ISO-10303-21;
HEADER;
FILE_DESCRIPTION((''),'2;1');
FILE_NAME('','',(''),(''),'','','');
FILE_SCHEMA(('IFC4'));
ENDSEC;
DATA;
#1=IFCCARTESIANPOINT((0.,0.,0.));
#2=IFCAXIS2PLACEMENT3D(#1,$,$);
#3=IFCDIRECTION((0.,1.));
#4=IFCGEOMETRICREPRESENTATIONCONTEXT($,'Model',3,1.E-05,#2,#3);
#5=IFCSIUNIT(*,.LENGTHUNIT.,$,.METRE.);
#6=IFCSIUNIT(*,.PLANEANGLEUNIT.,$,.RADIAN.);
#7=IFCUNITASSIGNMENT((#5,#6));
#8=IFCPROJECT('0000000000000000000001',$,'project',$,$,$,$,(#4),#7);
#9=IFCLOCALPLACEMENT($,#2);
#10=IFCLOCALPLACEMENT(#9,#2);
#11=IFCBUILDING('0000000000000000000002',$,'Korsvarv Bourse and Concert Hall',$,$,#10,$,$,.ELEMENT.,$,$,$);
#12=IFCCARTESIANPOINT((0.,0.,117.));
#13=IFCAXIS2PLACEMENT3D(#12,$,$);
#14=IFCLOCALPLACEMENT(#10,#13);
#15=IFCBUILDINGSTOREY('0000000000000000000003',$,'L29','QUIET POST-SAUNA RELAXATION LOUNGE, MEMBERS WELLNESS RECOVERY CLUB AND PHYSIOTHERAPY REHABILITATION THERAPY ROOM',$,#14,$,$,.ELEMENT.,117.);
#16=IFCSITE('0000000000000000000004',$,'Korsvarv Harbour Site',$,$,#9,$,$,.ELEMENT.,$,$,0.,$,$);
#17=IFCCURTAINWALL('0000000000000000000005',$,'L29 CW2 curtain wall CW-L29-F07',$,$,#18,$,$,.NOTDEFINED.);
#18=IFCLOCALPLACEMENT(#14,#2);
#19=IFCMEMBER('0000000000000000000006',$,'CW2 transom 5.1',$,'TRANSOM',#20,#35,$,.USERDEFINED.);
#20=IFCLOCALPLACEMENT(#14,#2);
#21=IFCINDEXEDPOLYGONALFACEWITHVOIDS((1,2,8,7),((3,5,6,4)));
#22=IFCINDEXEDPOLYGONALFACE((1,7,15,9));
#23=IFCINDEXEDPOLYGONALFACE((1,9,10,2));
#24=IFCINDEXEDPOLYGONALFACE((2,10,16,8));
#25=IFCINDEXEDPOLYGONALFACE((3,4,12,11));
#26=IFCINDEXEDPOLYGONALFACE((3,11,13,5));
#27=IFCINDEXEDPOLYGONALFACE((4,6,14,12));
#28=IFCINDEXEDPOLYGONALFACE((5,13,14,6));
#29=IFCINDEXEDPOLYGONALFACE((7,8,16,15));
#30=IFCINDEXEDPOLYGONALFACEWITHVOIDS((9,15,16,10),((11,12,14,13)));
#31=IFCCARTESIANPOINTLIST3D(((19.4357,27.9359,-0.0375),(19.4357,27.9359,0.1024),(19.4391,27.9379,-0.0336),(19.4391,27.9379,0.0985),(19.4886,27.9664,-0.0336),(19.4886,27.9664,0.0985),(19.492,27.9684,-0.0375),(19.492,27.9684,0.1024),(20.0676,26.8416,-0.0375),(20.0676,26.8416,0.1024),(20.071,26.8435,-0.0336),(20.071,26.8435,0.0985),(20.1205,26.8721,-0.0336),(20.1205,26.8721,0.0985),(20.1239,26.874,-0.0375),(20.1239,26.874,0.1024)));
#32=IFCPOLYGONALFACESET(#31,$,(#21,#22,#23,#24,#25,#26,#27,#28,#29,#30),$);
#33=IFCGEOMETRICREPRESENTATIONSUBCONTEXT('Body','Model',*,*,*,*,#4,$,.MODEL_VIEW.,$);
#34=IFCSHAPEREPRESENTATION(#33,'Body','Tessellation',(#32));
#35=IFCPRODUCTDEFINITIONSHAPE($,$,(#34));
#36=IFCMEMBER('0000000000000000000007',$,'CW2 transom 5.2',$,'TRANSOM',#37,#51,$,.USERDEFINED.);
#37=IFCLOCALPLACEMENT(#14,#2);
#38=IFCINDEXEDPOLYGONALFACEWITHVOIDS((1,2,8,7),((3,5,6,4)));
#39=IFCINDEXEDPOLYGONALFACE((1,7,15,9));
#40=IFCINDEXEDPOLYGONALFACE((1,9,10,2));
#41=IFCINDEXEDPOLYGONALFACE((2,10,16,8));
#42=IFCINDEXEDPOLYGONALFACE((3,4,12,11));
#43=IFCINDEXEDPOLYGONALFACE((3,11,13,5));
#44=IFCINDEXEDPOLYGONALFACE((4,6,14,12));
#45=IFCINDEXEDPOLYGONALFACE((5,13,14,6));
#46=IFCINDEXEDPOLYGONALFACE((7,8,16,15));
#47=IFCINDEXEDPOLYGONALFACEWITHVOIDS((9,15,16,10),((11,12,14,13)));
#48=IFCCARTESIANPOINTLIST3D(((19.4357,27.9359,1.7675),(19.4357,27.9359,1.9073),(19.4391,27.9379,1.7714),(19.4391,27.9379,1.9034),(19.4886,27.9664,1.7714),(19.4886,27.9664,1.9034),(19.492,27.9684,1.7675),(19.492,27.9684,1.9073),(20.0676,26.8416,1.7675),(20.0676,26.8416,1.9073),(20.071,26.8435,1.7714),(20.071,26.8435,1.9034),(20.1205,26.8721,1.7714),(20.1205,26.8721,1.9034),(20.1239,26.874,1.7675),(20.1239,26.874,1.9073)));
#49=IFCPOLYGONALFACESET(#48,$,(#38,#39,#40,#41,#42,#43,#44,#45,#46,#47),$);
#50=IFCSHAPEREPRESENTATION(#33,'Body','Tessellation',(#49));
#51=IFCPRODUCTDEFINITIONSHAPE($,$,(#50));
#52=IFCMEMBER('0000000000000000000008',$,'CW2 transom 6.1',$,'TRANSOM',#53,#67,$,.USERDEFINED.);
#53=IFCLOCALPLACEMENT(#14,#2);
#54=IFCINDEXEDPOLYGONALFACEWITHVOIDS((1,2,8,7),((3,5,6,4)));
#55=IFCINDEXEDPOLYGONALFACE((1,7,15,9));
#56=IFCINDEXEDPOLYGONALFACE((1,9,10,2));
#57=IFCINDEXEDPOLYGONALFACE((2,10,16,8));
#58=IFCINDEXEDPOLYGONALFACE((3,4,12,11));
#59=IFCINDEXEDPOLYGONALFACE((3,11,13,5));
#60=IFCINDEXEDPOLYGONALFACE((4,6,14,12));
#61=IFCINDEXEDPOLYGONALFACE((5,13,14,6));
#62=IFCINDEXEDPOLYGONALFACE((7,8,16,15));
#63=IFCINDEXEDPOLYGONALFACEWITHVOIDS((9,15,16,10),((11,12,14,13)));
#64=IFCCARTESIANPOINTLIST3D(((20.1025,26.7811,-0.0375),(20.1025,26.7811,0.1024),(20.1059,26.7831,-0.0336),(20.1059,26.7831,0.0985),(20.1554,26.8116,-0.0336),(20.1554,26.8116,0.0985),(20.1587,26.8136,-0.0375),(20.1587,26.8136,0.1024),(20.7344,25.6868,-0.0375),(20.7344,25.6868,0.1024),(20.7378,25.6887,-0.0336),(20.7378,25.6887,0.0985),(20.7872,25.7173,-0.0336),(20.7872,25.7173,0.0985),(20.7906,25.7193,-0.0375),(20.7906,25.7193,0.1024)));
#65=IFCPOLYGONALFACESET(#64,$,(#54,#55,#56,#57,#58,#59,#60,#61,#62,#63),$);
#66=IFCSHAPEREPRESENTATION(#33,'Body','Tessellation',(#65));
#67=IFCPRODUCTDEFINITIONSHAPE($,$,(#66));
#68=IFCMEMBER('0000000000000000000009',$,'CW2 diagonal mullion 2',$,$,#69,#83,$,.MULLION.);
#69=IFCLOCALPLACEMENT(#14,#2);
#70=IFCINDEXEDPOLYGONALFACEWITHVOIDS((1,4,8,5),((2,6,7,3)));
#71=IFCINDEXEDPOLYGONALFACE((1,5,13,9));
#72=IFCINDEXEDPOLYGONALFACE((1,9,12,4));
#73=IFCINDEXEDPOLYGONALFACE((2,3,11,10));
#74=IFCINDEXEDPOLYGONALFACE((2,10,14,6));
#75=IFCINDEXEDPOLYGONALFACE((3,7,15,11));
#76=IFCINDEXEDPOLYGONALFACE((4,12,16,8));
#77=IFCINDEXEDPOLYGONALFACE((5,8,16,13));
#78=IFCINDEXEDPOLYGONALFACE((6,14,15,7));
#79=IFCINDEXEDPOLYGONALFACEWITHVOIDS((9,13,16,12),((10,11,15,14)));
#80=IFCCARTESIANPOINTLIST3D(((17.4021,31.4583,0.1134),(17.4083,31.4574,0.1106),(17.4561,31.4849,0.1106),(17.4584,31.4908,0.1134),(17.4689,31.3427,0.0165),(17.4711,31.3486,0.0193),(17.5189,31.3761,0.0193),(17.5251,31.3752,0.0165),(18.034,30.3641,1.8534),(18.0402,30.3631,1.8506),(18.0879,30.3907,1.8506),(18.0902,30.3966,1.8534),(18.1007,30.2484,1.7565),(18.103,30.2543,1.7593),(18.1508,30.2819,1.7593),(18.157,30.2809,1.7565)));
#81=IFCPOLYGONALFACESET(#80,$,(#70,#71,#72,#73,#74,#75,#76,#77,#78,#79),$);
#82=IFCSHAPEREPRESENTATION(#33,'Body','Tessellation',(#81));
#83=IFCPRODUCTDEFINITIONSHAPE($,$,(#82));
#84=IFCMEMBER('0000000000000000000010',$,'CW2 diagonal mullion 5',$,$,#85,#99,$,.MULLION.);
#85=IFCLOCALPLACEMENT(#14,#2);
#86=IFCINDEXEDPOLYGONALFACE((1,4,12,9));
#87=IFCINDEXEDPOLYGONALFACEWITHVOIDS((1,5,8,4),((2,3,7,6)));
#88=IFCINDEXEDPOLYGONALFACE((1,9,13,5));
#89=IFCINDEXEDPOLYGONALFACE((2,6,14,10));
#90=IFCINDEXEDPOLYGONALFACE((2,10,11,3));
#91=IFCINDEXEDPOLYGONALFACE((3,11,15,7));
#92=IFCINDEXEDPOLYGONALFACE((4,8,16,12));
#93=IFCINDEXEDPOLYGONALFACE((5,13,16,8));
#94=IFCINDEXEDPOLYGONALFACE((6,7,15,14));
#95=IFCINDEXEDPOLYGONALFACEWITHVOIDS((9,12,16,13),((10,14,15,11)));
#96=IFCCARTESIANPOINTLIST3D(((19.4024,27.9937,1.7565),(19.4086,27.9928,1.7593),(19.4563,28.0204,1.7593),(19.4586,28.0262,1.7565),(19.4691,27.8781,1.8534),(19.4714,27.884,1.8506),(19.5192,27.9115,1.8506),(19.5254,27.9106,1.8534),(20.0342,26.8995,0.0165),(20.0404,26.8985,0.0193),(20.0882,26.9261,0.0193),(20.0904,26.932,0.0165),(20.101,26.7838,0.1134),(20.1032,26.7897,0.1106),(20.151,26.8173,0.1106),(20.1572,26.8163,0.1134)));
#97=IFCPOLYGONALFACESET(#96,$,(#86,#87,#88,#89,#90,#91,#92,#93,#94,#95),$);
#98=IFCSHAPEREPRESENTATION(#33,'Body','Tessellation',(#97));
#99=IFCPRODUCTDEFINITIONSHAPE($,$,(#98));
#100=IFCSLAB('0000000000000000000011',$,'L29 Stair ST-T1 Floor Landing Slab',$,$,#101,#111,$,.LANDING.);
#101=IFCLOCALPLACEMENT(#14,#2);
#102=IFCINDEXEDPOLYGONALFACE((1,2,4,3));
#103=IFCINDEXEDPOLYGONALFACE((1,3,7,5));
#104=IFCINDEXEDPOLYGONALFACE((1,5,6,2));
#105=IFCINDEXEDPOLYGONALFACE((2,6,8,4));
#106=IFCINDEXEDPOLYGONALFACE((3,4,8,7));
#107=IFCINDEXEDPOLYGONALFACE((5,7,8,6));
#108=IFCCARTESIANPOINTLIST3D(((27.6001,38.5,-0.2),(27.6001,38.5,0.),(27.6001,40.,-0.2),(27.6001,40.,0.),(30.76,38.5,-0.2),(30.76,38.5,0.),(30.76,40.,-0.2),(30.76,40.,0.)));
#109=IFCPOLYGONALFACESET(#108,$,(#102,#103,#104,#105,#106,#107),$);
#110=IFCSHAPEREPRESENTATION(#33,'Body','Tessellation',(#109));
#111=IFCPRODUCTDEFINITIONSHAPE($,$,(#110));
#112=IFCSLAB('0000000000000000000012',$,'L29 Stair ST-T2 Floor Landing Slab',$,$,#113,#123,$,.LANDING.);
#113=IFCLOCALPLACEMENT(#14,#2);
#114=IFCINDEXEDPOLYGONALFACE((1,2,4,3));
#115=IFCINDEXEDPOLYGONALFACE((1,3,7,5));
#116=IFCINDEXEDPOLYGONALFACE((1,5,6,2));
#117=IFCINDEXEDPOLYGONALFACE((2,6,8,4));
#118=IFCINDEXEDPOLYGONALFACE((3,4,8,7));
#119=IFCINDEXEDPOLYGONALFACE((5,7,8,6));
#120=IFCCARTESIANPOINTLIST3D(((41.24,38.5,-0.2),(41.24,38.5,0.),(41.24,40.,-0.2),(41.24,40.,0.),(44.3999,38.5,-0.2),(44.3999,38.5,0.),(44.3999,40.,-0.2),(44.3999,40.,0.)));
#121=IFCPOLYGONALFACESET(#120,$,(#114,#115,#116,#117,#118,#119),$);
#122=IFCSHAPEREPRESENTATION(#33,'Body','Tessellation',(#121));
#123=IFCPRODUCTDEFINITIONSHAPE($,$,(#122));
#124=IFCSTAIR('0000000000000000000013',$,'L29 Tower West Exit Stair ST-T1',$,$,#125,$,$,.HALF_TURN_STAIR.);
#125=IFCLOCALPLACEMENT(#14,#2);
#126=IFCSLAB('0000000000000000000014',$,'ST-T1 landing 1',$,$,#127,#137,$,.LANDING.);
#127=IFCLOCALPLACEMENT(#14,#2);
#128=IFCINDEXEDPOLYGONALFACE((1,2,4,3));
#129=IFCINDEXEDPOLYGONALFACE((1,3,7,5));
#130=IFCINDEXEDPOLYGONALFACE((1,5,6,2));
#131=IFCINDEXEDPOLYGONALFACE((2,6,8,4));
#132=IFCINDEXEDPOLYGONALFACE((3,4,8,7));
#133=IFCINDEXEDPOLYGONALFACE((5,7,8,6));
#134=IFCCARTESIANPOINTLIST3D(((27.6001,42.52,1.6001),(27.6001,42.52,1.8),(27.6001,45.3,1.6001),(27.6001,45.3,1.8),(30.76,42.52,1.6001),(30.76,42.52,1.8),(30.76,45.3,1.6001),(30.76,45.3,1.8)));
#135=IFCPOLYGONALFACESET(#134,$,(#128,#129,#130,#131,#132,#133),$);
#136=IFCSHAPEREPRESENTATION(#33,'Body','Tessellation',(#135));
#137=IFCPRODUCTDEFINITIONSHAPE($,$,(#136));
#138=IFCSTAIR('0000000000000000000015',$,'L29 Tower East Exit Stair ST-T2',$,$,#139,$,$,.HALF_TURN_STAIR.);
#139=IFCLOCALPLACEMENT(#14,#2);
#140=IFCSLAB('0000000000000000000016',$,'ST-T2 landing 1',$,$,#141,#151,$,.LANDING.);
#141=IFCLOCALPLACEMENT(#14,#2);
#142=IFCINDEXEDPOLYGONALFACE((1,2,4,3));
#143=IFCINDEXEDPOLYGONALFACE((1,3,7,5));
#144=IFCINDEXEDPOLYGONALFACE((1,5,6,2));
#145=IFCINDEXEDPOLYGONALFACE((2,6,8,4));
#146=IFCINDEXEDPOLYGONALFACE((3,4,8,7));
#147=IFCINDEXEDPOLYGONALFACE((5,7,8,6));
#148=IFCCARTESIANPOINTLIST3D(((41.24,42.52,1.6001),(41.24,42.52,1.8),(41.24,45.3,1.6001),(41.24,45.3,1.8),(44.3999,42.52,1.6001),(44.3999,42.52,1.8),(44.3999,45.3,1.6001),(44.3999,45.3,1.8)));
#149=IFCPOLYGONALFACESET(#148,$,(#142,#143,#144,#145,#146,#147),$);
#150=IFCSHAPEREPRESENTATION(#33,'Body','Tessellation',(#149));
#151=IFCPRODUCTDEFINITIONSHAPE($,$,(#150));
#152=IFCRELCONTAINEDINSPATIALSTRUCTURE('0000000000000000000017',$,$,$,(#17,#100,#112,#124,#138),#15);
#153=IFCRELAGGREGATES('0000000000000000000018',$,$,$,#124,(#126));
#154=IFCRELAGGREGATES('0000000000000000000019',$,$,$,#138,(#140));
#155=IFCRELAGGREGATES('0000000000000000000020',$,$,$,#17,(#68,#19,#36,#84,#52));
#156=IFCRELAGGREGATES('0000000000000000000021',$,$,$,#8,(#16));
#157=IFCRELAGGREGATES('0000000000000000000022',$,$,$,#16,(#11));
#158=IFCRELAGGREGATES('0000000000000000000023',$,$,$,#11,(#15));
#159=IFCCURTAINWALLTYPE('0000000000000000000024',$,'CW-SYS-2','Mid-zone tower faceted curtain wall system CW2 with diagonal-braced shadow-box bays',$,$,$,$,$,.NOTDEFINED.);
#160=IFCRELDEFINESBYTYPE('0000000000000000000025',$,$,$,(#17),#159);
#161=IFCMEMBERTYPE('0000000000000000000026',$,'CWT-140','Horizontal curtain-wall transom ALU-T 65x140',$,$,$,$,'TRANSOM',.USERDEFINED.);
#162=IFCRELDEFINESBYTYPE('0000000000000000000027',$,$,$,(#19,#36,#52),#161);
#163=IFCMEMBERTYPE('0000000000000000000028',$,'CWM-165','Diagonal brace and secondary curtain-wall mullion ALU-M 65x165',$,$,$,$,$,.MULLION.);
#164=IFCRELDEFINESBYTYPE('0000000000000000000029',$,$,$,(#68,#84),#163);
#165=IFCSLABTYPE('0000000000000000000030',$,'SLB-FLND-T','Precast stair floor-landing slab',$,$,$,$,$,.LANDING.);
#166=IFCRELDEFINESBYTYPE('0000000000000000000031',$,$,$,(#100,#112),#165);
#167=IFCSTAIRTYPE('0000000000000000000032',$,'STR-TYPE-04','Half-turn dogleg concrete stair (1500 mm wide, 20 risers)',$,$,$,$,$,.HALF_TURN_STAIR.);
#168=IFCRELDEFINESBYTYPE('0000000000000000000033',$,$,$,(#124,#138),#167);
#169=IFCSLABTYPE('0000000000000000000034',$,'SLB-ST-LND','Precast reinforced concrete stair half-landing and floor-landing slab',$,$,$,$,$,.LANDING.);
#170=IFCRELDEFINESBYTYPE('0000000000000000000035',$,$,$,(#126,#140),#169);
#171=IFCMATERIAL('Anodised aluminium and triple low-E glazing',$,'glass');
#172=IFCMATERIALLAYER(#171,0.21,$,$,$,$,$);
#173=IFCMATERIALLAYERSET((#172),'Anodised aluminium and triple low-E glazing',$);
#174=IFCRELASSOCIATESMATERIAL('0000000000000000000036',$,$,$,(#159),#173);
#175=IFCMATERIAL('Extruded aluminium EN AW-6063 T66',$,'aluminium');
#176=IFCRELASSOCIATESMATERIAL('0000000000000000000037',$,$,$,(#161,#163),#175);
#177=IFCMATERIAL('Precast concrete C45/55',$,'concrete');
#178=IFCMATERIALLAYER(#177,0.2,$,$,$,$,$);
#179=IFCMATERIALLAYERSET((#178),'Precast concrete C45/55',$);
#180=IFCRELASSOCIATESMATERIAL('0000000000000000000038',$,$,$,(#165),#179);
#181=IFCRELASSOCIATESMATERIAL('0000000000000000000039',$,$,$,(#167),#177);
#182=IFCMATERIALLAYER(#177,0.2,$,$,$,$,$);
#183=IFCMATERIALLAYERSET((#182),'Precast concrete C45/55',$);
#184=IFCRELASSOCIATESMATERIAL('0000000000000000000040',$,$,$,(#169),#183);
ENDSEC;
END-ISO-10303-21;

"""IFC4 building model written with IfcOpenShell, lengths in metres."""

from ifc_helpers import new_model, si_unit, direction, frame, origin, origin_2d, place, context, subcontext, project, spatial, polyline, hollow_rectangle, outline, extrude, source, transform, mapped, material, layer, layer_set, material_profile, profile_set, type_object, element, aggregate, save


model = new_model("IFC4")

# Units and contexts
model_context = context("Model", 3, precision=1e-05, world=origin(), true_north=direction((0.0, 1.0)))
body_context = subcontext(model_context, "Body", "Model", "MODEL_VIEW")
ifc_project = project(units=[si_unit("LENGTHUNIT", "METRE"), si_unit("PLANEANGLEUNIT", "RADIAN")], contexts=[model_context])

# Site, building, storey
site_placement = place(None, origin())
site = spatial("IfcSite", under=ifc_project, at=site_placement, Name="Korsvarv Harbour Site", CompositionType="ELEMENT", RefElevation=0.0)
building_placement = place(site_placement, origin())
building = spatial("IfcBuilding", under=site, at=building_placement, Name="Korsvarv Bourse and Concert Hall", CompositionType="ELEMENT")
storey_placement = place(building_placement, frame((0.0, 0.0, 117.0)))
storey = spatial("IfcBuildingStorey", under=building, at=storey_placement, Name="L29", Description="QUIET POST-SAUNA RELAXATION LOUNGE, MEMBERS WELLNESS RECOVERY CLUB AND PHYSIOTHERAPY REHABILITATION THERAPY ROOM", CompositionType="ELEMENT", Elevation=117.0)

# Curtain wall, members
ifc_material_1 = material(Name="Anodised aluminium and triple low-E glazing", Category="glass")
ifc_layer_1 = layer(ifc_material_1, 0.21)
ifc_layer_set_1 = layer_set([ifc_layer_1], Name="Anodised aluminium and triple low-E glazing")
curtain_wall_type = type_object("IfcCurtainWallType", Name="CW-SYS-2", Description="Mid-zone tower faceted curtain wall system CW2 with diagonal-braced shadow-box bays", PredefinedType="NOTDEFINED", material=ifc_layer_set_1)
curtain_wall_placement = place(storey_placement, origin())
curtain_wall = element("IfcCurtainWall", 1, at=curtain_wall_placement, inside=storey, type_object=curtain_wall_type, Name="L29 CW2 curtain wall CW-L29-F07", PredefinedType="NOTDEFINED")
ifc_material_2 = material(Name="Extruded aluminium EN AW-6063 T66", Category="aluminium")
ifc_material_profile_1 = material_profile(ifc_material_2, hollow_rectangle(XDim=0.0649, YDim=0.1399, WallThickness=0.0039, at=origin_2d()), Name="ALU-T 65x140")
ifc_profile_set_1 = profile_set([ifc_material_profile_1], Name="Extruded aluminium EN AW-6063 T66")
member_type_1 = type_object("IfcMemberType", Name="CWT-140", Description="Horizontal curtain-wall transom ALU-T 65x140", ElementType="TRANSOM", PredefinedType="USERDEFINED", material=ifc_profile_set_1)
shared_shape_1 = source(origin(), body_context, "Body", "SweptSolid", [
    extrude(hollow_rectangle(XDim=0.0649, YDim=0.1399, WallThickness=0.0039, at=origin_2d()), origin(), (0.0, 0.0, 1.0), 1.2637),
])
member_1_placement = place(storey_placement, frame((19.4639, 27.9521, 0.0325), z_axis=(0.500046, -0.865999, 0.0), x_axis=(0.865999, 0.500046, 0.0)))
member_1 = element("IfcMember", 2, at=member_1_placement, type_object=member_type_1, Name="CW2 transom 5.1", ObjectType="TRANSOM", PredefinedType="USERDEFINED", context=body_context, shape_type="MappedRepresentation", body=[
    mapped(shared_shape_1, transform((0.0, 0.0, 0.0), scale=1.0)),
])
member_2_placement = place(storey_placement, frame((19.4639, 27.9521, 1.8374), z_axis=(0.500046, -0.865999, 0.0), x_axis=(0.865999, 0.500046, 0.0)))
member_2 = element("IfcMember", 3, at=member_2_placement, type_object=member_type_1, Name="CW2 transom 5.2", ObjectType="TRANSOM", PredefinedType="USERDEFINED", context=body_context, shape_type="MappedRepresentation", body=[
    mapped(shared_shape_1, transform((0.0, 0.0, 0.0), scale=1.0)),
])
member_3_placement = place(storey_placement, frame((20.1306, 26.7974, 0.0325), z_axis=(0.500046, -0.865999, 0.0), x_axis=(0.865999, 0.500046, 0.0)))
member_3 = element("IfcMember", 4, at=member_3_placement, type_object=member_type_1, Name="CW2 transom 6.1", ObjectType="TRANSOM", PredefinedType="USERDEFINED", context=body_context, shape_type="MappedRepresentation", body=[
    mapped(shared_shape_1, transform((0.0, 0.0, 0.0), scale=1.0)),
])
ifc_material_profile_2 = material_profile(ifc_material_2, hollow_rectangle(XDim=0.0649, YDim=0.165, WallThickness=0.0049, at=origin_2d()), Name="ALU-M 65x165")
ifc_profile_set_2 = profile_set([ifc_material_profile_2], Name="Extruded aluminium EN AW-6063 T66")
member_type_2 = type_object("IfcMemberType", Name="CWM-165", Description="Diagonal brace and secondary curtain-wall mullion ALU-M 65x165", PredefinedType="MULLION", material=ifc_profile_set_2)
shared_shape_2 = source(origin(), body_context, "Body", "SweptSolid", [
    extrude(hollow_rectangle(XDim=0.0649, YDim=0.165, WallThickness=0.0049, at=origin_2d()), origin(), (0.0, 0.0, 1.0), 2.1504),
])
member_4_placement = place(storey_placement, frame((17.4636, 31.4167, 0.0649), z_axis=(0.293825, -0.508858, 0.809154), x_axis=(0.865999, 0.500046, 0.0)))
member_4 = element("IfcMember", 5, at=member_4_placement, type_object=member_type_2, Name="CW2 diagonal mullion 2", PredefinedType="MULLION", context=body_context, shape_type="MappedRepresentation", body=[
    mapped(shared_shape_2, transform((0.0, 0.0, 0.0), scale=1.0)),
])
member_5_placement = place(storey_placement, frame((20.0957, 26.8579, 0.0649), z_axis=(-0.293825, 0.508858, 0.809154), x_axis=(-0.865999, -0.500046, 0.0)))
member_5 = element("IfcMember", 6, at=member_5_placement, type_object=member_type_2, Name="CW2 diagonal mullion 5", PredefinedType="MULLION", context=body_context, shape_type="MappedRepresentation", body=[
    mapped(shared_shape_2, transform((0.0, 0.0, 0.0), scale=1.0)),
])

# Slabs
ifc_material_3 = material(Name="Precast concrete C45/55", Category="concrete")
ifc_layer_2 = layer(ifc_material_3, 0.2)
ifc_layer_set_2 = layer_set([ifc_layer_2], Name="Precast concrete C45/55")
slab_type_1 = type_object("IfcSlabType", Name="SLB-FLND-T", Description="Precast stair floor-landing slab", PredefinedType="LANDING", material=ifc_layer_set_2)
slab_1_placement = place(storey_placement, frame((0.0, 0.0, -0.2)))
element("IfcSlab", 7, at=slab_1_placement, inside=storey, type_object=slab_type_1, Name="L29 Stair ST-T1 Floor Landing Slab", PredefinedType="LANDING", context=body_context, shape_type="SweptSolid", body=[
    extrude(outline(polyline([(30.76, 38.5), (30.76, 40.0), (27.6001, 40.0), (27.6001, 38.5), (30.76, 38.5)])), origin(), (0.0, 0.0, 1.0), 0.2),
])
slab_2_placement = place(storey_placement, frame((0.0, 0.0, -0.2)))
element("IfcSlab", 8, at=slab_2_placement, inside=storey, type_object=slab_type_1, Name="L29 Stair ST-T2 Floor Landing Slab", PredefinedType="LANDING", context=body_context, shape_type="SweptSolid", body=[
    extrude(outline(polyline([(44.3999, 38.5), (44.3999, 40.0), (41.24, 40.0), (41.24, 38.5), (44.3999, 38.5)])), origin(), (0.0, 0.0, 1.0), 0.2),
])

# Stairs, slabs
stair_type = type_object("IfcStairType", Name="STR-TYPE-04", Description="Half-turn dogleg concrete stair (1500 mm wide, 20 risers)", PredefinedType="HALF_TURN_STAIR", material=ifc_material_3)
stair_1_placement = place(storey_placement, origin())
stair_1 = element("IfcStair", 9, at=stair_1_placement, inside=storey, type_object=stair_type, Name="L29 Tower West Exit Stair ST-T1", PredefinedType="HALF_TURN_STAIR")
ifc_layer_3 = layer(ifc_material_3, 0.2)
ifc_layer_set_3 = layer_set([ifc_layer_3], Name="Precast concrete C45/55")
slab_type_2 = type_object("IfcSlabType", Name="SLB-ST-LND", Description="Precast reinforced concrete stair half-landing and floor-landing slab", PredefinedType="LANDING", material=ifc_layer_set_3)
slab_3_placement = place(storey_placement, frame((0.0, 0.0, 1.6001)))
slab_3 = element("IfcSlab", 10, at=slab_3_placement, type_object=slab_type_2, Name="ST-T1 landing 1", PredefinedType="LANDING", context=body_context, shape_type="SweptSolid", body=[
    extrude(outline(polyline([(30.76, 42.52), (30.76, 45.3), (27.6001, 45.3), (27.6001, 42.52), (30.76, 42.52)])), origin(), (0.0, 0.0, 1.0), 0.2),
])
aggregate(stair_1, [slab_3])
stair_2_placement = place(storey_placement, origin())
stair_2 = element("IfcStair", 11, at=stair_2_placement, inside=storey, type_object=stair_type, Name="L29 Tower East Exit Stair ST-T2", PredefinedType="HALF_TURN_STAIR")
slab_4_placement = place(storey_placement, frame((0.0, 0.0, 1.6001)))
slab_4 = element("IfcSlab", 12, at=slab_4_placement, type_object=slab_type_2, Name="ST-T2 landing 1", PredefinedType="LANDING", context=body_context, shape_type="SweptSolid", body=[
    extrude(outline(polyline([(44.3999, 42.52), (44.3999, 45.3), (41.24, 45.3), (41.24, 42.52), (44.3999, 42.52)])), origin(), (0.0, 0.0, 1.0), 0.2),
])
aggregate(stair_2, [slab_4])

aggregate(curtain_wall, [member_4, member_1, member_2, member_5, member_3])

save(model, "model.ifc")
